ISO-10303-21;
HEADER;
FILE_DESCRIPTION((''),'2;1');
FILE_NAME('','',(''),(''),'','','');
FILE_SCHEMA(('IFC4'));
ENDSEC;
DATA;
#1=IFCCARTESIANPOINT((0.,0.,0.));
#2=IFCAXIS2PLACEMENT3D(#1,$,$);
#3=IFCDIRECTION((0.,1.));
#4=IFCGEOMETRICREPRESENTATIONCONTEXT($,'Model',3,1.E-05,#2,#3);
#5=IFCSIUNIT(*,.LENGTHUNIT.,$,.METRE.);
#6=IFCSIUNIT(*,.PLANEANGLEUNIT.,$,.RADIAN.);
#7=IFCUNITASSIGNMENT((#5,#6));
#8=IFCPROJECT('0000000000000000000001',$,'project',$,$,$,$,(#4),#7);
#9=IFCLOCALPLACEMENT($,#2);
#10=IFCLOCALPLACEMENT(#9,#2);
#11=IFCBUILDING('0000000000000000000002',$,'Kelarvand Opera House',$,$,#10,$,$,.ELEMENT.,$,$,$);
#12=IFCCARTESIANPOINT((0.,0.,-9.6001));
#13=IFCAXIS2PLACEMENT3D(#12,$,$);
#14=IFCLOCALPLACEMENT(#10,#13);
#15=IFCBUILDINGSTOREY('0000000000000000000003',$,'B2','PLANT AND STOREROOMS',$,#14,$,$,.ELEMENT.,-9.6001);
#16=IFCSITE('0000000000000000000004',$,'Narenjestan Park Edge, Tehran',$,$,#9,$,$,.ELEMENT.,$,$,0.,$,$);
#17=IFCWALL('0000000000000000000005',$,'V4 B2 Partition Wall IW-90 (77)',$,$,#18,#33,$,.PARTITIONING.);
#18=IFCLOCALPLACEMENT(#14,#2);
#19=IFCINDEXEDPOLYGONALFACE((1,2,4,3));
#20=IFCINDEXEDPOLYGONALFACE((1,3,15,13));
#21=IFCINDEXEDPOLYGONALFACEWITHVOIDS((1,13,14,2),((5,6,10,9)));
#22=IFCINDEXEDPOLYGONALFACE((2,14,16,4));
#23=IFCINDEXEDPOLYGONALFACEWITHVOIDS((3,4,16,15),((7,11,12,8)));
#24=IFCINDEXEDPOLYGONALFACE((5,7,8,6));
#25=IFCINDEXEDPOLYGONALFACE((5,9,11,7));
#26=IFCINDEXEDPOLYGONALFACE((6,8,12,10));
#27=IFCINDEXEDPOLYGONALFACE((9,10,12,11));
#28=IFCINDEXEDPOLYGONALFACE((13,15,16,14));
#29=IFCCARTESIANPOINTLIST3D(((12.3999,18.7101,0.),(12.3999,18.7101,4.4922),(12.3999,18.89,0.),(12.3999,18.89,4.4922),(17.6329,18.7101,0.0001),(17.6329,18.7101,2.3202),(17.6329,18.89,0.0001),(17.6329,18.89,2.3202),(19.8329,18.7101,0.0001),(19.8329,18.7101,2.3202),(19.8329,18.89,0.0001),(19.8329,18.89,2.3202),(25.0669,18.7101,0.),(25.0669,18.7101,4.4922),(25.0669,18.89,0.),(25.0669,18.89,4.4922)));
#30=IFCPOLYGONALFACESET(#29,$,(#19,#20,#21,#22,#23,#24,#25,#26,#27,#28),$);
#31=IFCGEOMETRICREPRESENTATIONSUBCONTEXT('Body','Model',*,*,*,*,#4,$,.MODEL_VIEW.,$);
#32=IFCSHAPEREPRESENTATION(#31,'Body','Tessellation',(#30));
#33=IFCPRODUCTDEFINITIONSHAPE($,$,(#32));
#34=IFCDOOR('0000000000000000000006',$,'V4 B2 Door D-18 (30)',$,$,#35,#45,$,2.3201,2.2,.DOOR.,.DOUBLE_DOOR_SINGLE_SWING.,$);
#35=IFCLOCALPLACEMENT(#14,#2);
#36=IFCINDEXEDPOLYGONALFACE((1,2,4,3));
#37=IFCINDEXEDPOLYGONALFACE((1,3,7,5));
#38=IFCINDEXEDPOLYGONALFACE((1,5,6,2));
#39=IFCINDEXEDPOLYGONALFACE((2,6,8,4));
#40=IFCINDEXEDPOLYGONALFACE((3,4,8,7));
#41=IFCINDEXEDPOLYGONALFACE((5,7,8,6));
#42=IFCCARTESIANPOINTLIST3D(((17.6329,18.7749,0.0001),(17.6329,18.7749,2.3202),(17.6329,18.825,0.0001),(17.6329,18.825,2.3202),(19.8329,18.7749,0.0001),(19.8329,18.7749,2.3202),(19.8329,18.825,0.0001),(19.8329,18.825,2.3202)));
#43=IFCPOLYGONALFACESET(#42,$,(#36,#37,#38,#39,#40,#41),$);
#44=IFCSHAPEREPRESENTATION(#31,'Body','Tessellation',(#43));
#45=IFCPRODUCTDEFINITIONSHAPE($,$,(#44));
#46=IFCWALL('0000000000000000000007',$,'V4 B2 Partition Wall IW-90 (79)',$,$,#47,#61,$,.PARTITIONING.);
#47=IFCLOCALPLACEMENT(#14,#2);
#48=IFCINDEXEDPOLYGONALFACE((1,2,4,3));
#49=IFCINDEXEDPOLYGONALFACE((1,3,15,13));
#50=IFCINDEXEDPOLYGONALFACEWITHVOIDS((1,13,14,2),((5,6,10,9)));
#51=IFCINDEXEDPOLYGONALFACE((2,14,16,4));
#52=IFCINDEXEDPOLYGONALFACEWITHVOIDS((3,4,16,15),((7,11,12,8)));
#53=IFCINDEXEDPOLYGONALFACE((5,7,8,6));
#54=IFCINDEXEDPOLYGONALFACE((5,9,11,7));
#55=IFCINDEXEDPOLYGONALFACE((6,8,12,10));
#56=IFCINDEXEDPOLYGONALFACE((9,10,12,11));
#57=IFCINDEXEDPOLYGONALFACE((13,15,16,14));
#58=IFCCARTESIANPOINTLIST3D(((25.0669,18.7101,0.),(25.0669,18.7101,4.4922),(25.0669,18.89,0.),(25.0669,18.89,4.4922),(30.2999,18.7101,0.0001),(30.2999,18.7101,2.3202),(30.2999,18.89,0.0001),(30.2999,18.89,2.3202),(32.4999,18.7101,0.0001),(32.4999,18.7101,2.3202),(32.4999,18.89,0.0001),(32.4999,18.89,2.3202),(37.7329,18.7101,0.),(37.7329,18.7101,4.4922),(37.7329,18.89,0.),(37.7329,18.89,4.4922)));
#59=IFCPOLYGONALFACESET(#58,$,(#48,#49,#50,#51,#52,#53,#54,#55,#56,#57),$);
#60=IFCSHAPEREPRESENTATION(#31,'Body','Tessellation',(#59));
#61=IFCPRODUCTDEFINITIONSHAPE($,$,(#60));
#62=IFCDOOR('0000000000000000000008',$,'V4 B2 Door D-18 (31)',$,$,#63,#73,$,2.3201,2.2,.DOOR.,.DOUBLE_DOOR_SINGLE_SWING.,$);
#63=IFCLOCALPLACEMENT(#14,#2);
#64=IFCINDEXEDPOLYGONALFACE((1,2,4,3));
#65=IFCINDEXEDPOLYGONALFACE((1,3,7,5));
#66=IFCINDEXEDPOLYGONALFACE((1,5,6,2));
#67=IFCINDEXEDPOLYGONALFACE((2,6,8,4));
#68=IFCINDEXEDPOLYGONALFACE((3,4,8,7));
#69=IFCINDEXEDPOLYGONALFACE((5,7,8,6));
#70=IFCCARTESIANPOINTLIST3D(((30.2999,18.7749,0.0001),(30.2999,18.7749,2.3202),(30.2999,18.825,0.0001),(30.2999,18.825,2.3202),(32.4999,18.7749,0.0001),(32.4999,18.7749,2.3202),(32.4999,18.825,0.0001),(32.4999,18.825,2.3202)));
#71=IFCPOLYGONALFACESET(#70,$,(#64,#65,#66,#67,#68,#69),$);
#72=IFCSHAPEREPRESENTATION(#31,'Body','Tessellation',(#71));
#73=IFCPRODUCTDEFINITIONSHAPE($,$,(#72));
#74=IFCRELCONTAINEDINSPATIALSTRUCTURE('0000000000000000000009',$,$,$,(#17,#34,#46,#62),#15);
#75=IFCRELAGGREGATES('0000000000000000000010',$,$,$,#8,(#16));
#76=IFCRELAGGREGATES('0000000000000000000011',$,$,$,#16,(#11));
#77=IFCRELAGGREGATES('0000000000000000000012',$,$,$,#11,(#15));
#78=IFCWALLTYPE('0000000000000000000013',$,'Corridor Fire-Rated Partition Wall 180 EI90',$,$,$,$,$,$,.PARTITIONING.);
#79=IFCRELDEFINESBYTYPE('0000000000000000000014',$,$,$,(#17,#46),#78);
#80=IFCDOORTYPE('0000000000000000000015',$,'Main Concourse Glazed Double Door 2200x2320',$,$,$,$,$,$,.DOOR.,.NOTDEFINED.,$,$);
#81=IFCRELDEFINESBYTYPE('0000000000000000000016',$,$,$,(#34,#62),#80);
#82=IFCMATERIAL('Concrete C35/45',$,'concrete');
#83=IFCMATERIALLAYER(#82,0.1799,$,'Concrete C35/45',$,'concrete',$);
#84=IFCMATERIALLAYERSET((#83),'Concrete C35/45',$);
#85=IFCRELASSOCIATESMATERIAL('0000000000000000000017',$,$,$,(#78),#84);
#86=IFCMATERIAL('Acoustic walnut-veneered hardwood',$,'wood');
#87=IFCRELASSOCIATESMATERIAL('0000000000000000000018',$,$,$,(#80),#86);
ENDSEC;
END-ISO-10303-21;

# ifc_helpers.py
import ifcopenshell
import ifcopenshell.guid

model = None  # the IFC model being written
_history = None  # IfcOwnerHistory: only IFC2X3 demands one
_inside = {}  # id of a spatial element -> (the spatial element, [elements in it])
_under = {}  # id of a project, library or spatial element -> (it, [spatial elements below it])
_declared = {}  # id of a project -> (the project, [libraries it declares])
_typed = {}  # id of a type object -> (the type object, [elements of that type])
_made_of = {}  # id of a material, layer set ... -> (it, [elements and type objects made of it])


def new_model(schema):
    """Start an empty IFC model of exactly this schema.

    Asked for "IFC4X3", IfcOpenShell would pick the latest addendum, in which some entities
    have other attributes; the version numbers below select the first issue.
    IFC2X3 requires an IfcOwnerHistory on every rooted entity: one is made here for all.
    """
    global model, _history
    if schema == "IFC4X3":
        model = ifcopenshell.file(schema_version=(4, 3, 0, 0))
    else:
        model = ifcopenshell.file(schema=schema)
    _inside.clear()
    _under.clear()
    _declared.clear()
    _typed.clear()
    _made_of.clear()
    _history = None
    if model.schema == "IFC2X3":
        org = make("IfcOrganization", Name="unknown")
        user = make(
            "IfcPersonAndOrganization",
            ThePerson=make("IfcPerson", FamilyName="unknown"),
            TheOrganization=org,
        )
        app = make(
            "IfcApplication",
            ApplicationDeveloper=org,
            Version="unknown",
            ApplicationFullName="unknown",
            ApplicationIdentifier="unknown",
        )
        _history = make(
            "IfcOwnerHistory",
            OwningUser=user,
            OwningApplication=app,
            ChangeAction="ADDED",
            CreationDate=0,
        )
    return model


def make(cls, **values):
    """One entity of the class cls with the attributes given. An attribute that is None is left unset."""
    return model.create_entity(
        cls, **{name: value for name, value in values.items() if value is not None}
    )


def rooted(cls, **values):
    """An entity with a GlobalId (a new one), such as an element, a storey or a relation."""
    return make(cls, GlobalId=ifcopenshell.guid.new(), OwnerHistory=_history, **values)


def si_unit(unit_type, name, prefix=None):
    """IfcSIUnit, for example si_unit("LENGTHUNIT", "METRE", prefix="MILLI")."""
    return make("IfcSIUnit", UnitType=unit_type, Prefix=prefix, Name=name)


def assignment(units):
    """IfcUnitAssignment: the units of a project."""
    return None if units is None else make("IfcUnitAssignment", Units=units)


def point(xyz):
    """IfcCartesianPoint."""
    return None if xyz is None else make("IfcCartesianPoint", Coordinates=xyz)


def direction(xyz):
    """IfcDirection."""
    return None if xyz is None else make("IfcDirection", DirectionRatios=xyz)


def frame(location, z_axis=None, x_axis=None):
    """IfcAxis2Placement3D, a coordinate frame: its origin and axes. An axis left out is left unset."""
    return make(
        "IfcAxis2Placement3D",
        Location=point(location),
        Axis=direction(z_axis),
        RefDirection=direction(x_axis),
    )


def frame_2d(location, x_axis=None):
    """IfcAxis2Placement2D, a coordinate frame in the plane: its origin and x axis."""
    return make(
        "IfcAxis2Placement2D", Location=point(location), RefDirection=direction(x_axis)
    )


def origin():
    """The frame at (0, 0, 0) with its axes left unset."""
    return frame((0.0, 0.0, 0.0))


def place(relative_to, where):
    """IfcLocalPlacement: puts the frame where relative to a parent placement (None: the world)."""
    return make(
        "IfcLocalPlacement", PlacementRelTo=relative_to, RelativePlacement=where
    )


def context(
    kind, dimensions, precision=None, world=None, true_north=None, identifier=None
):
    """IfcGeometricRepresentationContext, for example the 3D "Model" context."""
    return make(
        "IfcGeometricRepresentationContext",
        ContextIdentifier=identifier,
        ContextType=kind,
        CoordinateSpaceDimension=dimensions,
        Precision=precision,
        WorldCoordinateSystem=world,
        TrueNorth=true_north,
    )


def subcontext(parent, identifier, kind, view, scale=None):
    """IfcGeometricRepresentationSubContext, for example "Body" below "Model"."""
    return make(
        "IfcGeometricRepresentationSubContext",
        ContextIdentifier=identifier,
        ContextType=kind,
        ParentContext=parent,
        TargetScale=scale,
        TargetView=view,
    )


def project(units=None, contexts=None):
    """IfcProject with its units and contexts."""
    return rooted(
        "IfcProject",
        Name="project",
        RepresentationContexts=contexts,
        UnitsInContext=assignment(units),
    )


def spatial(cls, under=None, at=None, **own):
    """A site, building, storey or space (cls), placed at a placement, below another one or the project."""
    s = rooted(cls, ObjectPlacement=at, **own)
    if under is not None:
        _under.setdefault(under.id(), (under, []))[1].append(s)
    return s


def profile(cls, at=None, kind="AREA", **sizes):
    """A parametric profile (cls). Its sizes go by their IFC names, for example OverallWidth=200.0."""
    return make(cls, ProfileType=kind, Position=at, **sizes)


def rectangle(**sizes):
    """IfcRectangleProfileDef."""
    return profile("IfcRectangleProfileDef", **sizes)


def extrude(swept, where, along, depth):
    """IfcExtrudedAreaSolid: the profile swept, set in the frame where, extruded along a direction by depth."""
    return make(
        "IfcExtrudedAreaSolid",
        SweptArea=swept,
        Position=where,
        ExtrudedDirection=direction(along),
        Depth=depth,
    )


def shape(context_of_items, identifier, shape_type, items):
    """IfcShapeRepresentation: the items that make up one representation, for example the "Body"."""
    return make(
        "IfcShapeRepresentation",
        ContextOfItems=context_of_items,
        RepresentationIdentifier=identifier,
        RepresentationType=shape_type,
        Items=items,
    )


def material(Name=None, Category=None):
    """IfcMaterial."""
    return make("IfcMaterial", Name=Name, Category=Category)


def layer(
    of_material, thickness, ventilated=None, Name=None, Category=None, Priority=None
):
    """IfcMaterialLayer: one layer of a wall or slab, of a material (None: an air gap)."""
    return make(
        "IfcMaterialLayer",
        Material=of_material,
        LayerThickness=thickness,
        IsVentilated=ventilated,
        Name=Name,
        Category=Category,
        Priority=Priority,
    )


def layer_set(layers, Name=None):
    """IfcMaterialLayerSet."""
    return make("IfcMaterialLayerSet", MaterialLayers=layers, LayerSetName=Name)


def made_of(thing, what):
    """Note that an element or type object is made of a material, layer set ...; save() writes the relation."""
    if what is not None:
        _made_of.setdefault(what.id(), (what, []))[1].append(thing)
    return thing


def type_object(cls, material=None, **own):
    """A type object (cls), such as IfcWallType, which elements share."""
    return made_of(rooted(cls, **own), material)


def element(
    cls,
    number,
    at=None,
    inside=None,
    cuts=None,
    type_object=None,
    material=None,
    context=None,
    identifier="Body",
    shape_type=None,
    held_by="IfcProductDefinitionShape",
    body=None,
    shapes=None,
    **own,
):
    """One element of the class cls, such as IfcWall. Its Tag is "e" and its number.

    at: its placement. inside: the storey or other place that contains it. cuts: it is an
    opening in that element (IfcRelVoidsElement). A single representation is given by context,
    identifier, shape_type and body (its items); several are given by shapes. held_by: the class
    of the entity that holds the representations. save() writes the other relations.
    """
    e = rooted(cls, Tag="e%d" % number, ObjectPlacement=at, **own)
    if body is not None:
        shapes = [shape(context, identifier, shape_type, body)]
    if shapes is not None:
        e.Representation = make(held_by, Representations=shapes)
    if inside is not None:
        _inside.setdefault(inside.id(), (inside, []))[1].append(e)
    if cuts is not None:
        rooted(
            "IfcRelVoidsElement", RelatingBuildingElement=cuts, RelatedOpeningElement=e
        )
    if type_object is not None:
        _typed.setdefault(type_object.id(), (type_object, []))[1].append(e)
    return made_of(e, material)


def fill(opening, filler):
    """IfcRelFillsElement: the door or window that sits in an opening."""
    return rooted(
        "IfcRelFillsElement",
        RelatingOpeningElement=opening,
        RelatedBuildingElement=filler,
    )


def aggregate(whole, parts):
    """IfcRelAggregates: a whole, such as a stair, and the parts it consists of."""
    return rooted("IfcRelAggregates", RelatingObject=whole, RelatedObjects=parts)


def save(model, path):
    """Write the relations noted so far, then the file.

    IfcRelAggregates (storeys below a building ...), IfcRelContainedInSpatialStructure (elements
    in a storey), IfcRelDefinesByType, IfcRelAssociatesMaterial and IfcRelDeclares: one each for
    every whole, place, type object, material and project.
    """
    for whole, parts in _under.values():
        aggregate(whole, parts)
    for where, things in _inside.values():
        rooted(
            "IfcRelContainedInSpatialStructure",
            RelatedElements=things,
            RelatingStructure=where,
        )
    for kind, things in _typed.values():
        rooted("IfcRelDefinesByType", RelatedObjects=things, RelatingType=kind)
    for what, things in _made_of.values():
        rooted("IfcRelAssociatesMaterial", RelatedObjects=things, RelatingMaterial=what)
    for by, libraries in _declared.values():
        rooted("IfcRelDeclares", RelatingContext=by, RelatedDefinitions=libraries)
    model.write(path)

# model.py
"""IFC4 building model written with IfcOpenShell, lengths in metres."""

from ifc_helpers import new_model, si_unit, direction, frame, frame_2d, origin, place, context, subcontext, project, spatial, rectangle, extrude, material, layer, layer_set, type_object, element, fill, save


model = new_model("IFC4")

# Units and contexts
model_context = context("Model", 3, precision=1e-05, world=origin(), true_north=direction((0.0, 1.0)))
body_context = subcontext(model_context, "Body", "Model", "MODEL_VIEW")
ifc_project = project(units=[si_unit("LENGTHUNIT", "METRE"), si_unit("PLANEANGLEUNIT", "RADIAN")], contexts=[model_context])

# Site, building, storey
site_placement = place(None, origin())
site = spatial("IfcSite", under=ifc_project, at=site_placement, Name="Narenjestan Park Edge, Tehran", CompositionType="ELEMENT", RefElevation=0.0)
building_placement = place(site_placement, origin())
building = spatial("IfcBuilding", under=site, at=building_placement, Name="Kelarvand Opera House", CompositionType="ELEMENT")
storey_placement = place(building_placement, frame((0.0, 0.0, -9.6001)))
storey = spatial("IfcBuildingStorey", under=building, at=storey_placement, Name="B2", Description="PLANT AND STOREROOMS", CompositionType="ELEMENT", Elevation=-9.6001)

# Shared definitions
ifc_material_1 = material(Name="Concrete C35/45", Category="concrete")

# Walls, openings, doors
ifc_layer_1 = layer(ifc_material_1, 0.1799, Name="Concrete C35/45", Category="concrete")
ifc_layer_set_1 = layer_set([ifc_layer_1], Name="Concrete C35/45")
wall_type_1 = type_object("IfcWallType", Name="Corridor Fire-Rated Partition Wall 180 EI90", PredefinedType="PARTITIONING", material=ifc_layer_set_1)
wall_1_placement = place(storey_placement, frame((12.3999, 18.8, 0.0), z_axis=(0.0, 0.0, 1.0), x_axis=(1.0, 0.0, 0.0)))
wall_1 = element("IfcWall", 1, at=wall_1_placement, inside=storey, type_object=wall_type_1, Name="V4 B2 Partition Wall IW-90 (77)", PredefinedType="PARTITIONING", context=body_context, shape_type="SweptSolid", body=[
    extrude(rectangle(XDim=12.667, YDim=0.1799, at=frame_2d((6.3335, 0.0))), origin(), (0.0, 0.0, 1.0), 4.4922),
])
opening_1_placement = place(wall_1_placement, frame((5.2329, 0.0, 0.0)))
opening_1 = element("IfcOpeningElement", 2, at=opening_1_placement, cuts=wall_1, PredefinedType="OPENING", context=body_context, shape_type="SweptSolid", body=[
    extrude(rectangle(XDim=2.2, YDim=2.3201, at=frame_2d((1.1001, 1.1602))), frame((0.0, 0.1001, 0.0), z_axis=(0.0, -1.0, 0.0), x_axis=(1.0, 0.0, 0.0)), (0.0, 0.0, 1.0), 0.2),
])
ifc_material_2 = material(Name="Acoustic walnut-veneered hardwood", Category="wood")
door_type = type_object("IfcDoorType", Name="Main Concourse Glazed Double Door 2200x2320", OperationType="NOTDEFINED", PredefinedType="DOOR", material=ifc_material_2)
door_1_placement = place(opening_1_placement, origin())
door_1 = element("IfcDoor", 3, at=door_1_placement, inside=storey, type_object=door_type, Name="V4 B2 Door D-18 (30)", OperationType="DOUBLE_DOOR_SINGLE_SWING", OverallHeight=2.3201, OverallWidth=2.2, PredefinedType="DOOR", context=body_context, shape_type="SweptSolid", body=[
    extrude(rectangle(XDim=2.2, YDim=2.3201, at=frame_2d((1.1001, 1.1602))), frame((0.0, 0.0249, 0.0), z_axis=(0.0, -1.0, 0.0), x_axis=(1.0, 0.0, 0.0)), (0.0, 0.0, 1.0), 0.05),
])
fill(opening_1, door_1)
wall_2_placement = place(storey_placement, frame((25.0669, 18.8, 0.0), z_axis=(0.0, 0.0, 1.0), x_axis=(1.0, 0.0, 0.0)))
wall_2 = element("IfcWall", 4, at=wall_2_placement, inside=storey, type_object=wall_type_1, Name="V4 B2 Partition Wall IW-90 (79)", PredefinedType="PARTITIONING", context=body_context, shape_type="SweptSolid", body=[
    extrude(rectangle(XDim=12.666, YDim=0.1799, at=frame_2d((6.333, 0.0))), origin(), (0.0, 0.0, 1.0), 4.4922),
])
opening_2_placement = place(wall_2_placement, frame((5.2329, 0.0, 0.0)))
opening_2 = element("IfcOpeningElement", 5, at=opening_2_placement, cuts=wall_2, PredefinedType="OPENING", context=body_context, shape_type="SweptSolid", body=[
    extrude(rectangle(XDim=2.2, YDim=2.3201, at=frame_2d((1.1001, 1.1602))), frame((0.0, 0.1001, 0.0), z_axis=(0.0, -1.0, 0.0), x_axis=(1.0, 0.0, 0.0)), (0.0, 0.0, 1.0), 0.2),
])
door_2_placement = place(opening_2_placement, origin())
door_2 = element("IfcDoor", 6, at=door_2_placement, inside=storey, type_object=door_type, Name="V4 B2 Door D-18 (31)", OperationType="DOUBLE_DOOR_SINGLE_SWING", OverallHeight=2.3201, OverallWidth=2.2, PredefinedType="DOOR", context=body_context, shape_type="SweptSolid", body=[
    extrude(rectangle(XDim=2.2, YDim=2.3201, at=frame_2d((1.1001, 1.1602))), frame((0.0, 0.0249, 0.0), z_axis=(0.0, -1.0, 0.0), x_axis=(1.0, 0.0, 0.0)), (0.0, 0.0, 1.0), 0.05),
])
fill(opening_2, door_2)

save(model, "model.ifc")
